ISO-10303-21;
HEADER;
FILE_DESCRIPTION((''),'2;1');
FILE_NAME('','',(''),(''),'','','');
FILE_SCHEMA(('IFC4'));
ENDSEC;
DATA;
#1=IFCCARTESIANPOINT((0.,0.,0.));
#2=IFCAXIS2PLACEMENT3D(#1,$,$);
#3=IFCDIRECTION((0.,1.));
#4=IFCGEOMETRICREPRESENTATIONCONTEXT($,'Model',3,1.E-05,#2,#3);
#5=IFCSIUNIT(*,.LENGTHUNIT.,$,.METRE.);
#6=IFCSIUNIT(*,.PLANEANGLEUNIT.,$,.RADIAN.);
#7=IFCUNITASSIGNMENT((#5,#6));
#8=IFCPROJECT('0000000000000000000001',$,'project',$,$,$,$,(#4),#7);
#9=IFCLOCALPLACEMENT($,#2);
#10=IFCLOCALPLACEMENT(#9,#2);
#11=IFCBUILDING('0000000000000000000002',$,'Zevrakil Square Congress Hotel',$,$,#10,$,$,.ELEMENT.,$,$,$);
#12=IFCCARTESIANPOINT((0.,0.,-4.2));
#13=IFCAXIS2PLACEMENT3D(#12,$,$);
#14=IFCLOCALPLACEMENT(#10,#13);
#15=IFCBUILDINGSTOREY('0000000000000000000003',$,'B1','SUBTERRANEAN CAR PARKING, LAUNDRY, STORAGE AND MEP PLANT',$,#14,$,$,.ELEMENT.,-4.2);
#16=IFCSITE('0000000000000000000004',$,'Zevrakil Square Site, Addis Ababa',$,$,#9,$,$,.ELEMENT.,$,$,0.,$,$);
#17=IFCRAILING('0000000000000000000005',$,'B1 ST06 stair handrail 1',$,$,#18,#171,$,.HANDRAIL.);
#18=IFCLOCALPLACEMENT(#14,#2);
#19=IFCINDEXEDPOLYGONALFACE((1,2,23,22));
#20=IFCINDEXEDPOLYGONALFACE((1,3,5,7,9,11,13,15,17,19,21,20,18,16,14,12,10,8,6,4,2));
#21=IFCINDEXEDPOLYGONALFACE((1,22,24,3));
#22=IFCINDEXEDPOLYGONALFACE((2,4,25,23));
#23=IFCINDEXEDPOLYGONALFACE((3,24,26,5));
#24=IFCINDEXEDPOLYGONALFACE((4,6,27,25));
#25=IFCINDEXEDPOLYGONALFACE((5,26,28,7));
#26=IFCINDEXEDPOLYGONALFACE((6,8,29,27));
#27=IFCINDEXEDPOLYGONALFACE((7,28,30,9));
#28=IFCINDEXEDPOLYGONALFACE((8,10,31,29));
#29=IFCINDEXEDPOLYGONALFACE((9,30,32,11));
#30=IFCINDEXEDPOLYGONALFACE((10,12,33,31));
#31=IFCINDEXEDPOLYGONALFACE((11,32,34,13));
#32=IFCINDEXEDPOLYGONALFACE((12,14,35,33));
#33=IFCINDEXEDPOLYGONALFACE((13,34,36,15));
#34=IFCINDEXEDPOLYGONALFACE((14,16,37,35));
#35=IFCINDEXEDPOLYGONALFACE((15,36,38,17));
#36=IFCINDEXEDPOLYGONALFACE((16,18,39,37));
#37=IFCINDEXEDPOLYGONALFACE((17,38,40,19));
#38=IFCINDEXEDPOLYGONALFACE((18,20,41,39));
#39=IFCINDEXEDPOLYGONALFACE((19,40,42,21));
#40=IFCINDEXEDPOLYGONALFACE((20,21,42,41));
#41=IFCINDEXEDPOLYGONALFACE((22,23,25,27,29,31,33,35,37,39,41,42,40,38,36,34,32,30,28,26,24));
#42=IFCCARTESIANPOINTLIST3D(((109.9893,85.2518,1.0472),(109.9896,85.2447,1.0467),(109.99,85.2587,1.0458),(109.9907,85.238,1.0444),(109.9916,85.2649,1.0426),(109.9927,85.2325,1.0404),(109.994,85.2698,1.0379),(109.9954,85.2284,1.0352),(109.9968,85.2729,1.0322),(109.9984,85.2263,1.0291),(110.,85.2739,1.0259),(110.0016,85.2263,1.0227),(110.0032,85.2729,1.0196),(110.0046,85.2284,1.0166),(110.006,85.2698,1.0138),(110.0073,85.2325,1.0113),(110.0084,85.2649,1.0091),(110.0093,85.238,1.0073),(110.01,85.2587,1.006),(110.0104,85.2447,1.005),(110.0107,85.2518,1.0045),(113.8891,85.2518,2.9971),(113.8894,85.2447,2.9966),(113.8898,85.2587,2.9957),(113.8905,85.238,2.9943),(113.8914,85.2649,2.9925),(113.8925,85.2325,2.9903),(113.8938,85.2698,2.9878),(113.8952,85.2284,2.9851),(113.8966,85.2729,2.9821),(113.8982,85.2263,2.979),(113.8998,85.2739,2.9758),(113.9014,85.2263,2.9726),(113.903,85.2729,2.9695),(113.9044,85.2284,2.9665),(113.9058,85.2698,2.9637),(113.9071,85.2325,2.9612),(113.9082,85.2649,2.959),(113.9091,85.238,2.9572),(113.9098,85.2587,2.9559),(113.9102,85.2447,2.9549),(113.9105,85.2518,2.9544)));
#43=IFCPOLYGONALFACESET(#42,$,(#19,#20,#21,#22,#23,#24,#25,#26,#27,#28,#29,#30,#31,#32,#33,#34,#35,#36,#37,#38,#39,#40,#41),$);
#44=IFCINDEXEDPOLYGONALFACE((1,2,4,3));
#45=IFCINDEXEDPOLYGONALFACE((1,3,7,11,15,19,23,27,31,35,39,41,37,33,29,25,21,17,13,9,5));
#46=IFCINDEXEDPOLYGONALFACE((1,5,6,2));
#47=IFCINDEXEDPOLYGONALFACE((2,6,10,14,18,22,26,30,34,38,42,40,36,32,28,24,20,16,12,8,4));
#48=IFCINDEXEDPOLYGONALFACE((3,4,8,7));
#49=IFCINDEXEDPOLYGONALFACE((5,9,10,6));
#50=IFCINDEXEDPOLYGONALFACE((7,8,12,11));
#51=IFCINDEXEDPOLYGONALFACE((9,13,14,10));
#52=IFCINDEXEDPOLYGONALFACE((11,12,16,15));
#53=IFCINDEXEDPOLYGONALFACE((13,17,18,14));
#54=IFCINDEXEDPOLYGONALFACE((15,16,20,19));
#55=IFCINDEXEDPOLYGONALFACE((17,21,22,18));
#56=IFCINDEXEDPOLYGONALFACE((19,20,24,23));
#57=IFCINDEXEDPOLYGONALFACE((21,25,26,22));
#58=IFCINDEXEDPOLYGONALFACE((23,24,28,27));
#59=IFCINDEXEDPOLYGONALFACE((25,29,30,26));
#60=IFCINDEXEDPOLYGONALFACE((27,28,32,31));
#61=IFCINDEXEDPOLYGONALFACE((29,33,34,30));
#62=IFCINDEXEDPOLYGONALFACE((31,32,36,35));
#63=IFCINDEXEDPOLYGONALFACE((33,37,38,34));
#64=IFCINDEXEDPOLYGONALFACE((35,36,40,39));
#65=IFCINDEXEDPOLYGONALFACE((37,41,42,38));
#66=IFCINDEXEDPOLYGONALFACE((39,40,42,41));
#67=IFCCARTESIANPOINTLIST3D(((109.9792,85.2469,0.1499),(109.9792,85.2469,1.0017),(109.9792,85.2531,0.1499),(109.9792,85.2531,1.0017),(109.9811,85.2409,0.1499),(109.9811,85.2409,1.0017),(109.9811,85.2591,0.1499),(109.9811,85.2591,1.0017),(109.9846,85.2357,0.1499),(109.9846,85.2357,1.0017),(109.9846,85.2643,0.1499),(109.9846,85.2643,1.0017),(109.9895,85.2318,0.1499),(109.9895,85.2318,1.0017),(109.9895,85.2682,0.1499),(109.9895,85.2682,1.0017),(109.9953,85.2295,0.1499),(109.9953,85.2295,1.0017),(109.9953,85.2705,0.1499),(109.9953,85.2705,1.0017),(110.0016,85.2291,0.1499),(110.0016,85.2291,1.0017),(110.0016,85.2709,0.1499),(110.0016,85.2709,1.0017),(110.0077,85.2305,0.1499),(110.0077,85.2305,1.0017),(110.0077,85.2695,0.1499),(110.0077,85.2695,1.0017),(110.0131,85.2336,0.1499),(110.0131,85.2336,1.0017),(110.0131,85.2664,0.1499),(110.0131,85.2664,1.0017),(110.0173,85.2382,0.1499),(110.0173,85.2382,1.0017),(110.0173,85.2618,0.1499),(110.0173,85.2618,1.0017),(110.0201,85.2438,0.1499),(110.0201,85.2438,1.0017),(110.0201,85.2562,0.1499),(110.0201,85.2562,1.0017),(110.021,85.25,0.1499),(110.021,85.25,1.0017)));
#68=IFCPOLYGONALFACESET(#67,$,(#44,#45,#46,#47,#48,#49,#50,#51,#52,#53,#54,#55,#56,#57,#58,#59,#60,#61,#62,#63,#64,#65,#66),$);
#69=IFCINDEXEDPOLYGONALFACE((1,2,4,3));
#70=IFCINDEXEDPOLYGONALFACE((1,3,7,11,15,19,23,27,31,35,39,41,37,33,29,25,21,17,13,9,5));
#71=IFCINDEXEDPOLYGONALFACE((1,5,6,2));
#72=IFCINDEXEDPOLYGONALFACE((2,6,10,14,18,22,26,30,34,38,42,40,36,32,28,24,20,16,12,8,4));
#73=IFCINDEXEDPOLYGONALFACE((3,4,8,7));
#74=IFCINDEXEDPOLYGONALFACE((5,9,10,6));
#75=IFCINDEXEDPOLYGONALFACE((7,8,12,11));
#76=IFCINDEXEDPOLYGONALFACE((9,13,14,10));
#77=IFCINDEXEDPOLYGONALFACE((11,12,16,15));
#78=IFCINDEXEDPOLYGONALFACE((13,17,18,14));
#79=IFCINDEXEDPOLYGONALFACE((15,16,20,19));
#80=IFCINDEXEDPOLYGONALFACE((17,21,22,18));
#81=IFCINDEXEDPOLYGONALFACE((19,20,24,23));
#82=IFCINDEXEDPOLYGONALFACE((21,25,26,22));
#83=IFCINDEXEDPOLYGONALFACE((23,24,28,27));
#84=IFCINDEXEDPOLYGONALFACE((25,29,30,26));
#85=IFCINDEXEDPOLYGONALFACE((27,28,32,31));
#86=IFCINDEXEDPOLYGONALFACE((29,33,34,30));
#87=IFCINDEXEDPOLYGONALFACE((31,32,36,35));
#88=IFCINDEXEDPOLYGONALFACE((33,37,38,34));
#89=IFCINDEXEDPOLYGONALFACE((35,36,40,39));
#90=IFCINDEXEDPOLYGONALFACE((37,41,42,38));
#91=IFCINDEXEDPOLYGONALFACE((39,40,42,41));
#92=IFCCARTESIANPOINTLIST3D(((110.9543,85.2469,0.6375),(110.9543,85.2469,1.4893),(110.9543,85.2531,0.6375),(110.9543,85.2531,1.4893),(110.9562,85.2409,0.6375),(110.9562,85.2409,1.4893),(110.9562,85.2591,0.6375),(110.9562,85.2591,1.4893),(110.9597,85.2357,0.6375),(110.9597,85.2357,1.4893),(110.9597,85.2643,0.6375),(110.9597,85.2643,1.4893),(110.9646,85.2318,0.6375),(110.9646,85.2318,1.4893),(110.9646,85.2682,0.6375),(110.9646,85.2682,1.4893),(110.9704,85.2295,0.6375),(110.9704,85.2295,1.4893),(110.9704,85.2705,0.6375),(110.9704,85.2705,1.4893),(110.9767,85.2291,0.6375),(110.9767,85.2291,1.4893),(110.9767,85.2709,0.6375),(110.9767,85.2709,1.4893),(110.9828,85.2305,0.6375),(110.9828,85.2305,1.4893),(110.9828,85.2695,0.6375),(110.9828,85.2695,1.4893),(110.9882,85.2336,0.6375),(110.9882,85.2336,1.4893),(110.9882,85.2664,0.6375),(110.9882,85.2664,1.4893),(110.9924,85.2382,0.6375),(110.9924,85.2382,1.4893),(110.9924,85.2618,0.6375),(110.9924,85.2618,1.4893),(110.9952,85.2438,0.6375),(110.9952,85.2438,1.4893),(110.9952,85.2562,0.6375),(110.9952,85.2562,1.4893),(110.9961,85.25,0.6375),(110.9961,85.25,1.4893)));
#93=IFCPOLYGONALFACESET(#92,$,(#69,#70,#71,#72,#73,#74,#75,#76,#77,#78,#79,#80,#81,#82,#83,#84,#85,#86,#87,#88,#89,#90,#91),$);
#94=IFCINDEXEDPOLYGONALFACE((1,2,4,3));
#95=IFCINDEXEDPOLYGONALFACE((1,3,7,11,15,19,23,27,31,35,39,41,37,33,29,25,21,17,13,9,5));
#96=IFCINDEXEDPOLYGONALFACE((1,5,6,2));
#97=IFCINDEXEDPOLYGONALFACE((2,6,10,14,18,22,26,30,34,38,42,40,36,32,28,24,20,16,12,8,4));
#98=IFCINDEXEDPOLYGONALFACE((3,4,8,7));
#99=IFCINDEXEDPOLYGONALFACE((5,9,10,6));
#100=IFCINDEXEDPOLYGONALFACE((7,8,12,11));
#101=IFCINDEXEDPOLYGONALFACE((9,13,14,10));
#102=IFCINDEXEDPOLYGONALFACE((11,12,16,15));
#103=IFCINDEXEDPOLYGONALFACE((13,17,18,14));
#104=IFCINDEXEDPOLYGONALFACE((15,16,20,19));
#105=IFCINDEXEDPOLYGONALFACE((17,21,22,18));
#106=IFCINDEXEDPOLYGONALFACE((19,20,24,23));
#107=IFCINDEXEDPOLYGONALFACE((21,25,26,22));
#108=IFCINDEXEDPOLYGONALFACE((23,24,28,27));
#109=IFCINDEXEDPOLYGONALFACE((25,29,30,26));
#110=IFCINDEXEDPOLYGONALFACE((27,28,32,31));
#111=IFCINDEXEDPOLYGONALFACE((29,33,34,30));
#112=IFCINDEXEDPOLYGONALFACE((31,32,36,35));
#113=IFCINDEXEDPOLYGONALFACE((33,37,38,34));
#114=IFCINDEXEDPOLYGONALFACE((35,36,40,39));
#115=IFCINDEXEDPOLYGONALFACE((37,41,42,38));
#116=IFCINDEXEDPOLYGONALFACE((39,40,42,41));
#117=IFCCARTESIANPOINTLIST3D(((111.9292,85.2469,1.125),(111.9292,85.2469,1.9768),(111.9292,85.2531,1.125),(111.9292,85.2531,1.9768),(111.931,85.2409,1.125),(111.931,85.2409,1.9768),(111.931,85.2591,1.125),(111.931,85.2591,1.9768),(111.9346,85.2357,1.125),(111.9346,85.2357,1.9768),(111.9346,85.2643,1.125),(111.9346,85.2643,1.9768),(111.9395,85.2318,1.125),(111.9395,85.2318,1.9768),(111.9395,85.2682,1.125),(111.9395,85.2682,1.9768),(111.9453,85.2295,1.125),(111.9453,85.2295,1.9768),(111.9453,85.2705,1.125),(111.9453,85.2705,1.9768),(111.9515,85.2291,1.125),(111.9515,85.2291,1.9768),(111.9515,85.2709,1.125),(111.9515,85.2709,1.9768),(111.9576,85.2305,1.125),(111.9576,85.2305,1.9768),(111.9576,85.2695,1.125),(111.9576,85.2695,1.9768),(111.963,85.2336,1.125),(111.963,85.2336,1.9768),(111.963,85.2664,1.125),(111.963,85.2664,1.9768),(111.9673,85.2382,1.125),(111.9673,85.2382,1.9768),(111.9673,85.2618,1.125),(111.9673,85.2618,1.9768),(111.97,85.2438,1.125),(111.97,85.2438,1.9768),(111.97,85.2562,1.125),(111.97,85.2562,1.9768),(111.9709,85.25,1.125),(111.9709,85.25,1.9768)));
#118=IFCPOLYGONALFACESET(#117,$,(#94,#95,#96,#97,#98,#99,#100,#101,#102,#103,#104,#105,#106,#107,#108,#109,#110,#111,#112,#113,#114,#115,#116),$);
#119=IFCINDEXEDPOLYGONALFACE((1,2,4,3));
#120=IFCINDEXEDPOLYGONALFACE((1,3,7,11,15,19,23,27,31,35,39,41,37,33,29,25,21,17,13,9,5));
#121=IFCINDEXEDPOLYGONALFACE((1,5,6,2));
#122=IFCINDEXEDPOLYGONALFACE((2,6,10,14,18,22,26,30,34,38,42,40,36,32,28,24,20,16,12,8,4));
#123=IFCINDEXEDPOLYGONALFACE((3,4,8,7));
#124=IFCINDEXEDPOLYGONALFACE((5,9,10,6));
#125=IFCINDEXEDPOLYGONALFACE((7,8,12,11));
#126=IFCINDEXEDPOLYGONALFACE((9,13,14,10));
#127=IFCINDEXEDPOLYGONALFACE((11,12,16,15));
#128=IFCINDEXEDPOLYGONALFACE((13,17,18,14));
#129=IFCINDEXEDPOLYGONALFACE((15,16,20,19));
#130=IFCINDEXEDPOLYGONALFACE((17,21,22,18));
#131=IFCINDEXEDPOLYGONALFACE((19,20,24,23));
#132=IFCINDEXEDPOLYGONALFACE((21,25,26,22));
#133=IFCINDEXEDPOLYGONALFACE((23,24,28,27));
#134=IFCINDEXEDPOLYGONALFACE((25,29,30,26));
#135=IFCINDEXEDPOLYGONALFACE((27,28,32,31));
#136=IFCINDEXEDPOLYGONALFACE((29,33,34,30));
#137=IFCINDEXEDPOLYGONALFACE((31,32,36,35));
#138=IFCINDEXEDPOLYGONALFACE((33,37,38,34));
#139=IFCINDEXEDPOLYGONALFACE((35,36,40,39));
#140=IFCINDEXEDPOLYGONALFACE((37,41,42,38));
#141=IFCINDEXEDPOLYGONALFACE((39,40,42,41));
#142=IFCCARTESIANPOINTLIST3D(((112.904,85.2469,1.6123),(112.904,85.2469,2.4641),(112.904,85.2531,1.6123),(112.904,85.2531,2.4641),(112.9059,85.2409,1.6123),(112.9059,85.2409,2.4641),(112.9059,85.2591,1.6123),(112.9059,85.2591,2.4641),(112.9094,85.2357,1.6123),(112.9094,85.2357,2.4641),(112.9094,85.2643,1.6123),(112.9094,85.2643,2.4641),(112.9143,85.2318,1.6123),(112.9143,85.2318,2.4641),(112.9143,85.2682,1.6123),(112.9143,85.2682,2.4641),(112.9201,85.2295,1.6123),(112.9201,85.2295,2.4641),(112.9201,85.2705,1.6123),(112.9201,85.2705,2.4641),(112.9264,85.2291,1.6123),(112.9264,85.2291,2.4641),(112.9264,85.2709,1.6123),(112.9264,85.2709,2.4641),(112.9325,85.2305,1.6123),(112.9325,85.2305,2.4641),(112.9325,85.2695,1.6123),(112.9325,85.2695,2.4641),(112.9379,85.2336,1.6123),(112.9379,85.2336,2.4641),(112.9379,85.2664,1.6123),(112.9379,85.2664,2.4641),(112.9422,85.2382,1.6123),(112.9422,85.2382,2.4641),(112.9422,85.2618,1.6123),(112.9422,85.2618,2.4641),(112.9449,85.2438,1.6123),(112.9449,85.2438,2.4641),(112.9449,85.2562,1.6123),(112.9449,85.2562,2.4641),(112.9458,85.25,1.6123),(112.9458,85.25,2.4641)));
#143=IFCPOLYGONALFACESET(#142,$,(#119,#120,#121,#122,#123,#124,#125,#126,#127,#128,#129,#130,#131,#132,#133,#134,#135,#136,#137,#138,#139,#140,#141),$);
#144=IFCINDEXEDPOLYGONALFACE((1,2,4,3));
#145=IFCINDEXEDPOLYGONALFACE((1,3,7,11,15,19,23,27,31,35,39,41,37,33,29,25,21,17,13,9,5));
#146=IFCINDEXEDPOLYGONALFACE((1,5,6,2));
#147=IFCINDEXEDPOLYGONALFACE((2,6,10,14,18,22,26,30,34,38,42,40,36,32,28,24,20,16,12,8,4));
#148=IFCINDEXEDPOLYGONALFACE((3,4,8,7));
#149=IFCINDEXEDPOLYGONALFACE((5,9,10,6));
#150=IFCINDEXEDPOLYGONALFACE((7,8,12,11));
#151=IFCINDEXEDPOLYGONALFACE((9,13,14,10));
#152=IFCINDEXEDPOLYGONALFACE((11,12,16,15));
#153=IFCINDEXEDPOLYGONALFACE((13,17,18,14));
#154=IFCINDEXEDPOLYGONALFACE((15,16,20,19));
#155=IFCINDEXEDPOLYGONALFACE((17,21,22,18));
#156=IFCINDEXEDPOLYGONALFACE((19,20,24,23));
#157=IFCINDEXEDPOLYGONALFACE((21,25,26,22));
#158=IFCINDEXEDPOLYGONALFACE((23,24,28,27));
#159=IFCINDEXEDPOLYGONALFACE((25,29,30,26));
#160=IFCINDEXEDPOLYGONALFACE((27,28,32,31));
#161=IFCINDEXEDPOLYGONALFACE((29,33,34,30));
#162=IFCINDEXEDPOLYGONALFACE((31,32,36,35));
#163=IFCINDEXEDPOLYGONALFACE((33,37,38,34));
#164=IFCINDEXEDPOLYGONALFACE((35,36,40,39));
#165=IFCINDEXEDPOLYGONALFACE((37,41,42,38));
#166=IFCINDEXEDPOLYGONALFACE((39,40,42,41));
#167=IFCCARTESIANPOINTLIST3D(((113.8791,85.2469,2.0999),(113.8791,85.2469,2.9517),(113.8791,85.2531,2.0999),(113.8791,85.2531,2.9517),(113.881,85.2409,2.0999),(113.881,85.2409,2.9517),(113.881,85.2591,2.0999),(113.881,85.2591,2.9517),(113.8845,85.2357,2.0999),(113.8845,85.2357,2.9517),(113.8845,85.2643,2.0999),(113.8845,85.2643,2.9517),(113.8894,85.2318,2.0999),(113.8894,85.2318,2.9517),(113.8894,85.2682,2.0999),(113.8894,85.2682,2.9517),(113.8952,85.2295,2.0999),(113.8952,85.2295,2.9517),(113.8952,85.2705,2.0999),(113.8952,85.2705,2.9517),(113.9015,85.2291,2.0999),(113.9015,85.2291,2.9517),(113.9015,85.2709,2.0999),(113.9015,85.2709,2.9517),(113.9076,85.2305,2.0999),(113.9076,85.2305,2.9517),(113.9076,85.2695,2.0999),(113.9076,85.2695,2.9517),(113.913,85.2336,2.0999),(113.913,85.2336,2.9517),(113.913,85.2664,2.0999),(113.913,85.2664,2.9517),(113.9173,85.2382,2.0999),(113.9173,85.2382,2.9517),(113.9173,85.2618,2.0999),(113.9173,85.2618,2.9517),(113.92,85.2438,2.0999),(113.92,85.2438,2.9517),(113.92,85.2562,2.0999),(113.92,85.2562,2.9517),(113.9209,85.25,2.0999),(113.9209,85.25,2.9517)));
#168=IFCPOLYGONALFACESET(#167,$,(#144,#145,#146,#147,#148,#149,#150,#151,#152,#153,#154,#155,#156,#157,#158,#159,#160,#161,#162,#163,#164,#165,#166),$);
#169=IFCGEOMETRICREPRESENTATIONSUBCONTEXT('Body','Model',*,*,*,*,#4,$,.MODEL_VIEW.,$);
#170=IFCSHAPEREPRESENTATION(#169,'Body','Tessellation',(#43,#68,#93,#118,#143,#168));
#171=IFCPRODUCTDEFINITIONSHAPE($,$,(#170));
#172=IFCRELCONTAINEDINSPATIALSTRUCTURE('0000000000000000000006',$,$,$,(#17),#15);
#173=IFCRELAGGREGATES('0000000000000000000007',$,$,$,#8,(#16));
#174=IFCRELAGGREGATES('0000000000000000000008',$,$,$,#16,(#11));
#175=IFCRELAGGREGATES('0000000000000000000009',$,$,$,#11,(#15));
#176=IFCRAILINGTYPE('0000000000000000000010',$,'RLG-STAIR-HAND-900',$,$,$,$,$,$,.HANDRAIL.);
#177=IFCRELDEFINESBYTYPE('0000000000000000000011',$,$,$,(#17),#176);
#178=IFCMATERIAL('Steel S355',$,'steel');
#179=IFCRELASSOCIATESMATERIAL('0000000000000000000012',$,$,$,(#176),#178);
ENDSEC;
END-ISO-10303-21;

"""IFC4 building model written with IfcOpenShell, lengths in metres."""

from ifc_helpers import new_model, si_unit, direction, frame, origin, origin_2d, place, context, subcontext, project, spatial, circle, extrude, material, type_object, element, save


model = new_model("IFC4")

# Units and contexts
model_context = context("Model", 3, precision=1e-05, world=origin(), true_north=direction((0.0, 1.0)))
body_context = subcontext(model_context, "Body", "Model", "MODEL_VIEW")
ifc_project = project(units=[si_unit("LENGTHUNIT", "METRE"), si_unit("PLANEANGLEUNIT", "RADIAN")], contexts=[model_context])

# Site, building, storey
site_placement = place(None, origin())
site = spatial("IfcSite", under=ifc_project, at=site_placement, Name="Zevrakil Square Site, Addis Ababa", CompositionType="ELEMENT", RefElevation=0.0)
building_placement = place(site_placement, origin())
building = spatial("IfcBuilding", under=site, at=building_placement, Name="Zevrakil Square Congress Hotel", CompositionType="ELEMENT")
storey_placement = place(building_placement, frame((0.0, 0.0, -4.2)))
storey = spatial("IfcBuildingStorey", under=building, at=storey_placement, Name="B1", Description="SUBTERRANEAN CAR PARKING, LAUNDRY, STORAGE AND MEP PLANT", CompositionType="ELEMENT", Elevation=-4.2)

# Railing
ifc_material_1 = material(Name="Steel S355", Category="steel")
railing_type_1 = type_object("IfcRailingType", Name="RLG-STAIR-HAND-900", PredefinedType="HANDRAIL", material=ifc_material_1)
railing_1_placement = place(storey_placement, frame((110.0, 85.25, 0.1499)))
element("IfcRailing", 1, at=railing_1_placement, inside=storey, type_object=railing_type_1, Name="B1 ST06 stair handrail 1", PredefinedType="HANDRAIL", context=body_context, shape_type="SweptSolid", body=[
    extrude(circle(Radius=0.0239, at=origin_2d()), frame((0.0, 0.0, 0.876), z_axis=(0.894427, 0.0, 0.447214), x_axis=(0.0, 1.0, 0.0)), (0.0, 0.0, 1.0), 4.3601),
    extrude(circle(Radius=0.021, at=origin_2d()), origin(), (0.0, 0.0, 1.0), 0.8518),
    extrude(circle(Radius=0.021, at=origin_2d()), frame((0.9751, 0.0, 0.4875)), (0.0, 0.0, 1.0), 0.8518),
    extrude(circle(Radius=0.021, at=origin_2d()), frame((1.95, 0.0, 0.9751)), (0.0, 0.0, 1.0), 0.8518),
    extrude(circle(Radius=0.021, at=origin_2d()), frame((2.9248, 0.0, 1.4624)), (0.0, 0.0, 1.0), 0.8518),
    extrude(circle(Radius=0.021, at=origin_2d()), frame((3.8999, 0.0, 1.95)), (0.0, 0.0, 1.0), 0.8518),
])

save(model, "model.ifc")
